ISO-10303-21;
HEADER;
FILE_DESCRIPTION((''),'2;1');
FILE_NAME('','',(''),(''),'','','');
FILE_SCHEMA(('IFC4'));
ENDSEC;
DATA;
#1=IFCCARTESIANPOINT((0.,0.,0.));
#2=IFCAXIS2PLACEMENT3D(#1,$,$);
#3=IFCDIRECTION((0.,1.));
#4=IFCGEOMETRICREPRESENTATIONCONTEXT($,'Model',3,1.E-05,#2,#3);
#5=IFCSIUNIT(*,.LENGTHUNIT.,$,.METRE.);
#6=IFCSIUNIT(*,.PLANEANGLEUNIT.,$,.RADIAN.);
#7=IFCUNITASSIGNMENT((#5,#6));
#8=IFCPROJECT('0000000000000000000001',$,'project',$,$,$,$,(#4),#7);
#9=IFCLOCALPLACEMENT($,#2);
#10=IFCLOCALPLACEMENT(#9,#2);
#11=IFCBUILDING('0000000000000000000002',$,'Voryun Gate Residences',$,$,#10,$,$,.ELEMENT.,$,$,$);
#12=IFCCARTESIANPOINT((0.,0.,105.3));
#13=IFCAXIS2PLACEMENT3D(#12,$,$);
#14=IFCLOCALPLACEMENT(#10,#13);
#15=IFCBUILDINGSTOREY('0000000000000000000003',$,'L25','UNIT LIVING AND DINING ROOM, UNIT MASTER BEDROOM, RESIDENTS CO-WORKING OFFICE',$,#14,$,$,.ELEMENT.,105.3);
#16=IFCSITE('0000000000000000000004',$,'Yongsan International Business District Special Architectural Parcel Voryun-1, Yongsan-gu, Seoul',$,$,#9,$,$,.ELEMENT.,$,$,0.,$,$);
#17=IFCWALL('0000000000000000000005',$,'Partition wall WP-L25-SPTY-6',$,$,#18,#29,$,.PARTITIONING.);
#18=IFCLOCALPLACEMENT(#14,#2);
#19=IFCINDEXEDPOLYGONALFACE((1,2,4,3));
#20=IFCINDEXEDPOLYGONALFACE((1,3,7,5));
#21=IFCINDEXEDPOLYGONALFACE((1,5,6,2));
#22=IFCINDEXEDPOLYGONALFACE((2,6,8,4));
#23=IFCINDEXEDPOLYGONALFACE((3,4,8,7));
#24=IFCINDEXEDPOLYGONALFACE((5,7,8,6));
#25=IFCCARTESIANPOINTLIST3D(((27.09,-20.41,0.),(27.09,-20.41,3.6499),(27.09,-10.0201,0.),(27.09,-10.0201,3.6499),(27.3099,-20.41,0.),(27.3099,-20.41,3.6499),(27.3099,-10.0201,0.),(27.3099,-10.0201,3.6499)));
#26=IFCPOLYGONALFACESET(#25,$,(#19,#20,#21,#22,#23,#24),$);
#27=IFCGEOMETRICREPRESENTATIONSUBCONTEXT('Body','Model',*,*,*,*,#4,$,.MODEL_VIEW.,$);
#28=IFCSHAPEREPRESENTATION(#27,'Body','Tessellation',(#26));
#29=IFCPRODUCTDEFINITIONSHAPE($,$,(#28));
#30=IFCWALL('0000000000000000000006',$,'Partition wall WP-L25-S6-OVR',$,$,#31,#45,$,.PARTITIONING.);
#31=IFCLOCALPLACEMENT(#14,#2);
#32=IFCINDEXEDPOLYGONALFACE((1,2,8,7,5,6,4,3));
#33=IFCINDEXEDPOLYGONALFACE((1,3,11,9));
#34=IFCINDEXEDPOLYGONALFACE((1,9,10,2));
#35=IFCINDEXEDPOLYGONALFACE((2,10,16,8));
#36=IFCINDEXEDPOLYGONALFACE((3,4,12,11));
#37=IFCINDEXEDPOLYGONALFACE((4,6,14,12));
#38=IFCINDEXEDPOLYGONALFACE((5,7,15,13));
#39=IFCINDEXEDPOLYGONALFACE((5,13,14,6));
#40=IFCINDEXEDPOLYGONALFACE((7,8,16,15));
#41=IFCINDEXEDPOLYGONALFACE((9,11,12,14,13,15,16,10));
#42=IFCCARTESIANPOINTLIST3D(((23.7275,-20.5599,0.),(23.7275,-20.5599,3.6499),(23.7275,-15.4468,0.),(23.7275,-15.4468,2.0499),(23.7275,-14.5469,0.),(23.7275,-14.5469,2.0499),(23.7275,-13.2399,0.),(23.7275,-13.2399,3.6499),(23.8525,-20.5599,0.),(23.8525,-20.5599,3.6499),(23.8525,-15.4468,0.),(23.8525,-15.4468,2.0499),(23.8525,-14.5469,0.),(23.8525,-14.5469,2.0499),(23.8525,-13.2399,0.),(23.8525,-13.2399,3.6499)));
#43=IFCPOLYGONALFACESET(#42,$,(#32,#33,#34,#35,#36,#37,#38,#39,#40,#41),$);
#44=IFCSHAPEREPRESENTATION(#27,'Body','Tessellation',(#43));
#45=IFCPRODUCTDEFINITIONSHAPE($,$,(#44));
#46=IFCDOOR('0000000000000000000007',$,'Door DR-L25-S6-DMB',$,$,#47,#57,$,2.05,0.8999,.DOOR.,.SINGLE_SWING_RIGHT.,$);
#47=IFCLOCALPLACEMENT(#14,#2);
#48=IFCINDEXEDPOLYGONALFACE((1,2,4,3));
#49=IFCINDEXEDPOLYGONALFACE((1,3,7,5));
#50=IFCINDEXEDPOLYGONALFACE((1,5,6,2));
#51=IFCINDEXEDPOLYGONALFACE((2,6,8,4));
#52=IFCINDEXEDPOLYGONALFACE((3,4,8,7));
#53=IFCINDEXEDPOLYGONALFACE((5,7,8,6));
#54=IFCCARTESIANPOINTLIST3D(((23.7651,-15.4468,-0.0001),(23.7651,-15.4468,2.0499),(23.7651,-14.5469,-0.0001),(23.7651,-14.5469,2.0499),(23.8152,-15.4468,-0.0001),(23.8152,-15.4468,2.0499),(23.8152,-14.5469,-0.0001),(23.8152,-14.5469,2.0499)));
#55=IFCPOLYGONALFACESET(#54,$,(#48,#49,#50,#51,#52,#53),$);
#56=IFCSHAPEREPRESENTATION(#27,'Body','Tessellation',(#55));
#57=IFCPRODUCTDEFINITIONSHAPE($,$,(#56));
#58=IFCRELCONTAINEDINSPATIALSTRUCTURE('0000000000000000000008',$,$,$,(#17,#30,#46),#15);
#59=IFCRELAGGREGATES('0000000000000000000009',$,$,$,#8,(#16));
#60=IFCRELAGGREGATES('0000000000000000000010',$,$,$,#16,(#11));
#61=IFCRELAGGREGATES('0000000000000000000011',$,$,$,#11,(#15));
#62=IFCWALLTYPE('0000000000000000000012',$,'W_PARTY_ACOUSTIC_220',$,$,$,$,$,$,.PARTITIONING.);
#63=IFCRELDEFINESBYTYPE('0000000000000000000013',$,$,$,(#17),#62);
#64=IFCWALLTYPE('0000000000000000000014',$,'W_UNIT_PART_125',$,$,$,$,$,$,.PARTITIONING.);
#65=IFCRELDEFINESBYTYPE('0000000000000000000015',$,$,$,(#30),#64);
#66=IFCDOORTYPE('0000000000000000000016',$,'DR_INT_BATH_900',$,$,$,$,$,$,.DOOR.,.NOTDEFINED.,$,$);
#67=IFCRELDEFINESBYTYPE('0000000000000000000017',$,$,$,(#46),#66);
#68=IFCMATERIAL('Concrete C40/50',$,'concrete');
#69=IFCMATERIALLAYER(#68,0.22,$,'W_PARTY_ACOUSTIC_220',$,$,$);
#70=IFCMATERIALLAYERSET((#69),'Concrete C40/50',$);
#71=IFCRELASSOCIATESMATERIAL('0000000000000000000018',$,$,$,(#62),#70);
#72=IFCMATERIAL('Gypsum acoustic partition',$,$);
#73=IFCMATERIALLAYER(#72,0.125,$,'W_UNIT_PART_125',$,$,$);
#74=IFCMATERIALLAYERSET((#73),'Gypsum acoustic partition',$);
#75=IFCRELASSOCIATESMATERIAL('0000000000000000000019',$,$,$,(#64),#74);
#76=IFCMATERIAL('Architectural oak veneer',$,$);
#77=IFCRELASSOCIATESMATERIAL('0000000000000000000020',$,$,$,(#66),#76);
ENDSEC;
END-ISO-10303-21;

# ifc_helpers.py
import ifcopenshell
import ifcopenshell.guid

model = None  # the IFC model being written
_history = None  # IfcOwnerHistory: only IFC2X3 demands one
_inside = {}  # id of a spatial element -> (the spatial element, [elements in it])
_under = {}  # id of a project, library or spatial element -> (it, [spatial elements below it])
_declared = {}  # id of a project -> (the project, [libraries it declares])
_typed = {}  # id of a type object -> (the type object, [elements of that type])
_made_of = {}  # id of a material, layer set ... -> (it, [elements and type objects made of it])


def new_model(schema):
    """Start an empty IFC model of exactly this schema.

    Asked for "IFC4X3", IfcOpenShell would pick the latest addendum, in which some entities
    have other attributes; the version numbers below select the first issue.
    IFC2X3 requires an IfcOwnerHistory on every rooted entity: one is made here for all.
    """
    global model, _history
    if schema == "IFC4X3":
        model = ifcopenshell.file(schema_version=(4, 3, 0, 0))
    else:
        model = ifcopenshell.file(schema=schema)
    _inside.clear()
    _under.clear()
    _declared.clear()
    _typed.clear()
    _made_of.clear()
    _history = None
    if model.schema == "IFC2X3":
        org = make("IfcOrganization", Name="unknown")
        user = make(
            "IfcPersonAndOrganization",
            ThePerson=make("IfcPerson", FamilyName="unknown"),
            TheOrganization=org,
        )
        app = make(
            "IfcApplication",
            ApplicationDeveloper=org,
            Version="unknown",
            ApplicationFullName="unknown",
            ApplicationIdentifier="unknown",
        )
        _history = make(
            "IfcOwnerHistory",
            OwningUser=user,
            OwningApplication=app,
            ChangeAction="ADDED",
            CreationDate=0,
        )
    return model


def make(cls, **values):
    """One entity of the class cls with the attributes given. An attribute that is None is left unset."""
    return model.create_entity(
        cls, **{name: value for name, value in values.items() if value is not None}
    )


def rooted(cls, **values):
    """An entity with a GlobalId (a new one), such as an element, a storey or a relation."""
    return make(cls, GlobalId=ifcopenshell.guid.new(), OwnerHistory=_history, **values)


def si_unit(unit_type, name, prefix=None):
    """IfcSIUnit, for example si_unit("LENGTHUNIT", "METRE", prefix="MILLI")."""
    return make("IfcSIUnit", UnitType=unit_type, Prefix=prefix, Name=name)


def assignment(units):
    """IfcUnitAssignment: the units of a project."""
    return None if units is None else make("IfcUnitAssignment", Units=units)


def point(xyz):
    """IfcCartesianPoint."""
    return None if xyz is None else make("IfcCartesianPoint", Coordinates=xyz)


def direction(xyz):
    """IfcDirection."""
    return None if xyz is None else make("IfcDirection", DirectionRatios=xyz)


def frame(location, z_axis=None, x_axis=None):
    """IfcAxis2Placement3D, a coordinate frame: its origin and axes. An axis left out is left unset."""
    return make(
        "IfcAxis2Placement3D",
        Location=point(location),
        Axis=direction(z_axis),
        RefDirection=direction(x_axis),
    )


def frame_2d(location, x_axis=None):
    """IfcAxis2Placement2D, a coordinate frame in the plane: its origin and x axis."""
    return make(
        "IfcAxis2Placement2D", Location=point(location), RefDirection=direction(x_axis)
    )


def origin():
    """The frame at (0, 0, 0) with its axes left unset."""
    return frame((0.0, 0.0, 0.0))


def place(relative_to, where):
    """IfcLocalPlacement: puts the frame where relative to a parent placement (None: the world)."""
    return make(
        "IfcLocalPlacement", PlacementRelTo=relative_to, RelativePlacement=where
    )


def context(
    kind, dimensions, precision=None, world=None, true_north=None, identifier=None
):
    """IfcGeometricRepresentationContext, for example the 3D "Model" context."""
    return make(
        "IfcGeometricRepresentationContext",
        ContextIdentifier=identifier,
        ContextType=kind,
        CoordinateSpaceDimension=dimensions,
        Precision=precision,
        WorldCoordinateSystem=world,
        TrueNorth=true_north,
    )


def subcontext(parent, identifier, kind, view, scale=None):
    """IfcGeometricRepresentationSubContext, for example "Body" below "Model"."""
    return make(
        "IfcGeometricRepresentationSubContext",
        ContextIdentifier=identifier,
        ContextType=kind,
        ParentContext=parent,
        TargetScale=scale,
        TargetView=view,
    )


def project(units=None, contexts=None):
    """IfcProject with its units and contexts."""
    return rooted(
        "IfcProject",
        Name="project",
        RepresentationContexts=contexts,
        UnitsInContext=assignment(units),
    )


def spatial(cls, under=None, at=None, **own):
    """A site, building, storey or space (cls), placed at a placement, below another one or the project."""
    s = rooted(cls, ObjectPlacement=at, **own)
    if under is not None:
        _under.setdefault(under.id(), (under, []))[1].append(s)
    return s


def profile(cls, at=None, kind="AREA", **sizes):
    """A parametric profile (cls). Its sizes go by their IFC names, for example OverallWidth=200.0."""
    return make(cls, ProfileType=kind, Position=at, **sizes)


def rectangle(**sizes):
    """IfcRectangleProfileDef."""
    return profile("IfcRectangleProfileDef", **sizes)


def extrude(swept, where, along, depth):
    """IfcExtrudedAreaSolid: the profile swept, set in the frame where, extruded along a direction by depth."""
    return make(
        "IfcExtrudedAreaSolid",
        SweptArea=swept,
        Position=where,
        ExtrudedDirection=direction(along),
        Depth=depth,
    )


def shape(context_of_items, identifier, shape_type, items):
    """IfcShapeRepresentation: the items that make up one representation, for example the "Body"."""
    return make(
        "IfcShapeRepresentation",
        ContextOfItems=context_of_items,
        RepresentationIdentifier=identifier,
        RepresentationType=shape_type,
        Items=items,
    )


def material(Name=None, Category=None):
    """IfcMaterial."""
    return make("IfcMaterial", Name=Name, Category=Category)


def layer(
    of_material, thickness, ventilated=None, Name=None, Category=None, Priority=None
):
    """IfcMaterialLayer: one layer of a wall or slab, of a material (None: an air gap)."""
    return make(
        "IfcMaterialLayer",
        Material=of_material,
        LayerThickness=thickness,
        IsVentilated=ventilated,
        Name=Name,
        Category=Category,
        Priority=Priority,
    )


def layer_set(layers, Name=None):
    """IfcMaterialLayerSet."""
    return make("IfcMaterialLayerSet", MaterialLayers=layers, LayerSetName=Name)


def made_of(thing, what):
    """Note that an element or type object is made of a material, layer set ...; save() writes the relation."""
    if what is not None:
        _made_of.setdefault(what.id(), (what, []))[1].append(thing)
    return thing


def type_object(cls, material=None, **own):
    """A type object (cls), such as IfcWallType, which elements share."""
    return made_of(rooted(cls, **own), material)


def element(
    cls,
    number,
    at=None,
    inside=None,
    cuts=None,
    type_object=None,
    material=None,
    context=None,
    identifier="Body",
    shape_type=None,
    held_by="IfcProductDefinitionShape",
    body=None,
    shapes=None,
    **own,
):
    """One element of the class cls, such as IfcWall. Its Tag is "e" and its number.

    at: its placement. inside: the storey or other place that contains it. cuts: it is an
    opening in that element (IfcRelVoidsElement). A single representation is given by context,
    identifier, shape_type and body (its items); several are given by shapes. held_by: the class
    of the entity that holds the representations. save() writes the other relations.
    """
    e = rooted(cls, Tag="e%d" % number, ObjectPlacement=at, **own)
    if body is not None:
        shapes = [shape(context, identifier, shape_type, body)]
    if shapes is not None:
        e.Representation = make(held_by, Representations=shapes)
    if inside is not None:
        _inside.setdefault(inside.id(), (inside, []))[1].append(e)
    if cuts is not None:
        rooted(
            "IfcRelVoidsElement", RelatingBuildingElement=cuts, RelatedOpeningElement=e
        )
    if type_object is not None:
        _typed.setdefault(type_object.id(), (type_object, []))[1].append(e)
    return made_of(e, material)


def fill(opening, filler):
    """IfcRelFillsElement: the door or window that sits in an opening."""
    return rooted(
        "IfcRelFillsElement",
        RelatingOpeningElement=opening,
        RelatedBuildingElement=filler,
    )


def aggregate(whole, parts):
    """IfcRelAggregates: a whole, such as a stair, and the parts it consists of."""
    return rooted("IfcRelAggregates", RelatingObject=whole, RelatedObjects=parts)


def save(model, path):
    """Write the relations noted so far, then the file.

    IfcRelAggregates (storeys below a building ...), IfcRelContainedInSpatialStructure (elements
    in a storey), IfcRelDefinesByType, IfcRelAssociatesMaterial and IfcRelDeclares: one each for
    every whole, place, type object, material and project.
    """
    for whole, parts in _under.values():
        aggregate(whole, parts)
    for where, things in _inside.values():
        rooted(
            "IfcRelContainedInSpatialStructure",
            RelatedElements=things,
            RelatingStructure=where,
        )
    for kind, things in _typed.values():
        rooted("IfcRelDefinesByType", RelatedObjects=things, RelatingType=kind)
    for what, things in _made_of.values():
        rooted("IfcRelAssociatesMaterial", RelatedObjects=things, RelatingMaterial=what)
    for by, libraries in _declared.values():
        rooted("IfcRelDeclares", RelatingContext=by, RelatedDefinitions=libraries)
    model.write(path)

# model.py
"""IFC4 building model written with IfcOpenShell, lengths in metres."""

from ifc_helpers import new_model, si_unit, direction, frame, frame_2d, origin, place, context, subcontext, project, spatial, rectangle, extrude, material, layer, layer_set, type_object, element, fill, save


model = new_model("IFC4")

# Units and contexts
model_context = context("Model", 3, precision=1e-05, world=origin(), true_north=direction((0.0, 1.0)))
body_context = subcontext(model_context, "Body", "Model", "MODEL_VIEW")
ifc_project = project(units=[si_unit("LENGTHUNIT", "METRE"), si_unit("PLANEANGLEUNIT", "RADIAN")], contexts=[model_context])

# Site, building, storey
site_placement = place(None, origin())
site = spatial("IfcSite", under=ifc_project, at=site_placement, Name="Yongsan International Business District Special Architectural Parcel Voryun-1, Yongsan-gu, Seoul", CompositionType="ELEMENT", RefElevation=0.0)
building_placement = place(site_placement, origin())
building = spatial("IfcBuilding", under=site, at=building_placement, Name="Voryun Gate Residences", CompositionType="ELEMENT")
storey_placement = place(building_placement, frame((0.0, 0.0, 105.3)))
storey = spatial("IfcBuildingStorey", under=building, at=storey_placement, Name="L25", Description="UNIT LIVING AND DINING ROOM, UNIT MASTER BEDROOM, RESIDENTS CO-WORKING OFFICE", CompositionType="ELEMENT", Elevation=105.3)

# Wall
ifc_material_1 = material(Name="Concrete C40/50", Category="concrete")
ifc_layer_1 = layer(ifc_material_1, 0.22, Name="W_PARTY_ACOUSTIC_220")
ifc_layer_set_1 = layer_set([ifc_layer_1], Name="Concrete C40/50")
wall_type_1 = type_object("IfcWallType", Name="W_PARTY_ACOUSTIC_220", PredefinedType="PARTITIONING", material=ifc_layer_set_1)
wall_1_placement = place(storey_placement, frame((27.2, -20.4099, 0.0), z_axis=(0.0, 0.0, 1.0), x_axis=(0.0, 1.0, 0.0)))
element("IfcWall", 1, at=wall_1_placement, inside=storey, type_object=wall_type_1, Name="Partition wall WP-L25-SPTY-6", PredefinedType="PARTITIONING", context=body_context, shape_type="SweptSolid", body=[
    extrude(rectangle(XDim=10.3899, YDim=0.22, at=frame_2d((5.1948, 0.0))), origin(), (0.0, 0.0, 1.0), 3.6499),
])

# Wall, opening, door
ifc_material_2 = material(Name="Gypsum acoustic partition")
ifc_layer_2 = layer(ifc_material_2, 0.125, Name="W_UNIT_PART_125")
ifc_layer_set_2 = layer_set([ifc_layer_2], Name="Gypsum acoustic partition")
wall_type_2 = type_object("IfcWallType", Name="W_UNIT_PART_125", PredefinedType="PARTITIONING", material=ifc_layer_set_2)
wall_2_placement = place(storey_placement, frame((23.79, -20.5601, 0.0), z_axis=(0.0, 0.0, 1.0), x_axis=(0.0, 1.0, 0.0)))
wall_2 = element("IfcWall", 2, at=wall_2_placement, inside=storey, type_object=wall_type_2, Name="Partition wall WP-L25-S6-OVR", PredefinedType="PARTITIONING", context=body_context, shape_type="SweptSolid", body=[
    extrude(rectangle(XDim=7.3201, YDim=0.125, at=frame_2d((3.6602, 0.0))), origin(), (0.0, 0.0, 1.0), 3.6499),
])
opening_placement = place(wall_2_placement, frame((5.1133, 0.0, 0.0)))
opening = element("IfcOpeningElement", 3, at=opening_placement, cuts=wall_2, PredefinedType="OPENING", context=body_context, shape_type="SweptSolid", body=[
    extrude(rectangle(XDim=0.8999, YDim=2.05, at=frame_2d((0.45, 1.0249))), frame((0.0, 0.0725, 0.0), z_axis=(0.0, -1.0, 0.0), x_axis=(1.0, 0.0, 0.0)), (0.0, 0.0, 1.0), 0.145),
])
ifc_material_3 = material(Name="Architectural oak veneer")
door_type = type_object("IfcDoorType", Name="DR_INT_BATH_900", OperationType="NOTDEFINED", PredefinedType="DOOR", material=ifc_material_3)
door_placement = place(opening_placement, origin())
door = element("IfcDoor", 4, at=door_placement, inside=storey, type_object=door_type, Name="Door DR-L25-S6-DMB", OperationType="SINGLE_SWING_RIGHT", OverallHeight=2.05, OverallWidth=0.8999, PredefinedType="DOOR", context=body_context, shape_type="SweptSolid", body=[
    extrude(rectangle(XDim=0.8999, YDim=2.05, at=frame_2d((0.45, 1.0249))), frame((0.0, 0.0249, 0.0), z_axis=(0.0, -1.0, 0.0), x_axis=(1.0, 0.0, 0.0)), (0.0, 0.0, 1.0), 0.05),
])
fill(opening, door)

save(model, "model.ifc")
